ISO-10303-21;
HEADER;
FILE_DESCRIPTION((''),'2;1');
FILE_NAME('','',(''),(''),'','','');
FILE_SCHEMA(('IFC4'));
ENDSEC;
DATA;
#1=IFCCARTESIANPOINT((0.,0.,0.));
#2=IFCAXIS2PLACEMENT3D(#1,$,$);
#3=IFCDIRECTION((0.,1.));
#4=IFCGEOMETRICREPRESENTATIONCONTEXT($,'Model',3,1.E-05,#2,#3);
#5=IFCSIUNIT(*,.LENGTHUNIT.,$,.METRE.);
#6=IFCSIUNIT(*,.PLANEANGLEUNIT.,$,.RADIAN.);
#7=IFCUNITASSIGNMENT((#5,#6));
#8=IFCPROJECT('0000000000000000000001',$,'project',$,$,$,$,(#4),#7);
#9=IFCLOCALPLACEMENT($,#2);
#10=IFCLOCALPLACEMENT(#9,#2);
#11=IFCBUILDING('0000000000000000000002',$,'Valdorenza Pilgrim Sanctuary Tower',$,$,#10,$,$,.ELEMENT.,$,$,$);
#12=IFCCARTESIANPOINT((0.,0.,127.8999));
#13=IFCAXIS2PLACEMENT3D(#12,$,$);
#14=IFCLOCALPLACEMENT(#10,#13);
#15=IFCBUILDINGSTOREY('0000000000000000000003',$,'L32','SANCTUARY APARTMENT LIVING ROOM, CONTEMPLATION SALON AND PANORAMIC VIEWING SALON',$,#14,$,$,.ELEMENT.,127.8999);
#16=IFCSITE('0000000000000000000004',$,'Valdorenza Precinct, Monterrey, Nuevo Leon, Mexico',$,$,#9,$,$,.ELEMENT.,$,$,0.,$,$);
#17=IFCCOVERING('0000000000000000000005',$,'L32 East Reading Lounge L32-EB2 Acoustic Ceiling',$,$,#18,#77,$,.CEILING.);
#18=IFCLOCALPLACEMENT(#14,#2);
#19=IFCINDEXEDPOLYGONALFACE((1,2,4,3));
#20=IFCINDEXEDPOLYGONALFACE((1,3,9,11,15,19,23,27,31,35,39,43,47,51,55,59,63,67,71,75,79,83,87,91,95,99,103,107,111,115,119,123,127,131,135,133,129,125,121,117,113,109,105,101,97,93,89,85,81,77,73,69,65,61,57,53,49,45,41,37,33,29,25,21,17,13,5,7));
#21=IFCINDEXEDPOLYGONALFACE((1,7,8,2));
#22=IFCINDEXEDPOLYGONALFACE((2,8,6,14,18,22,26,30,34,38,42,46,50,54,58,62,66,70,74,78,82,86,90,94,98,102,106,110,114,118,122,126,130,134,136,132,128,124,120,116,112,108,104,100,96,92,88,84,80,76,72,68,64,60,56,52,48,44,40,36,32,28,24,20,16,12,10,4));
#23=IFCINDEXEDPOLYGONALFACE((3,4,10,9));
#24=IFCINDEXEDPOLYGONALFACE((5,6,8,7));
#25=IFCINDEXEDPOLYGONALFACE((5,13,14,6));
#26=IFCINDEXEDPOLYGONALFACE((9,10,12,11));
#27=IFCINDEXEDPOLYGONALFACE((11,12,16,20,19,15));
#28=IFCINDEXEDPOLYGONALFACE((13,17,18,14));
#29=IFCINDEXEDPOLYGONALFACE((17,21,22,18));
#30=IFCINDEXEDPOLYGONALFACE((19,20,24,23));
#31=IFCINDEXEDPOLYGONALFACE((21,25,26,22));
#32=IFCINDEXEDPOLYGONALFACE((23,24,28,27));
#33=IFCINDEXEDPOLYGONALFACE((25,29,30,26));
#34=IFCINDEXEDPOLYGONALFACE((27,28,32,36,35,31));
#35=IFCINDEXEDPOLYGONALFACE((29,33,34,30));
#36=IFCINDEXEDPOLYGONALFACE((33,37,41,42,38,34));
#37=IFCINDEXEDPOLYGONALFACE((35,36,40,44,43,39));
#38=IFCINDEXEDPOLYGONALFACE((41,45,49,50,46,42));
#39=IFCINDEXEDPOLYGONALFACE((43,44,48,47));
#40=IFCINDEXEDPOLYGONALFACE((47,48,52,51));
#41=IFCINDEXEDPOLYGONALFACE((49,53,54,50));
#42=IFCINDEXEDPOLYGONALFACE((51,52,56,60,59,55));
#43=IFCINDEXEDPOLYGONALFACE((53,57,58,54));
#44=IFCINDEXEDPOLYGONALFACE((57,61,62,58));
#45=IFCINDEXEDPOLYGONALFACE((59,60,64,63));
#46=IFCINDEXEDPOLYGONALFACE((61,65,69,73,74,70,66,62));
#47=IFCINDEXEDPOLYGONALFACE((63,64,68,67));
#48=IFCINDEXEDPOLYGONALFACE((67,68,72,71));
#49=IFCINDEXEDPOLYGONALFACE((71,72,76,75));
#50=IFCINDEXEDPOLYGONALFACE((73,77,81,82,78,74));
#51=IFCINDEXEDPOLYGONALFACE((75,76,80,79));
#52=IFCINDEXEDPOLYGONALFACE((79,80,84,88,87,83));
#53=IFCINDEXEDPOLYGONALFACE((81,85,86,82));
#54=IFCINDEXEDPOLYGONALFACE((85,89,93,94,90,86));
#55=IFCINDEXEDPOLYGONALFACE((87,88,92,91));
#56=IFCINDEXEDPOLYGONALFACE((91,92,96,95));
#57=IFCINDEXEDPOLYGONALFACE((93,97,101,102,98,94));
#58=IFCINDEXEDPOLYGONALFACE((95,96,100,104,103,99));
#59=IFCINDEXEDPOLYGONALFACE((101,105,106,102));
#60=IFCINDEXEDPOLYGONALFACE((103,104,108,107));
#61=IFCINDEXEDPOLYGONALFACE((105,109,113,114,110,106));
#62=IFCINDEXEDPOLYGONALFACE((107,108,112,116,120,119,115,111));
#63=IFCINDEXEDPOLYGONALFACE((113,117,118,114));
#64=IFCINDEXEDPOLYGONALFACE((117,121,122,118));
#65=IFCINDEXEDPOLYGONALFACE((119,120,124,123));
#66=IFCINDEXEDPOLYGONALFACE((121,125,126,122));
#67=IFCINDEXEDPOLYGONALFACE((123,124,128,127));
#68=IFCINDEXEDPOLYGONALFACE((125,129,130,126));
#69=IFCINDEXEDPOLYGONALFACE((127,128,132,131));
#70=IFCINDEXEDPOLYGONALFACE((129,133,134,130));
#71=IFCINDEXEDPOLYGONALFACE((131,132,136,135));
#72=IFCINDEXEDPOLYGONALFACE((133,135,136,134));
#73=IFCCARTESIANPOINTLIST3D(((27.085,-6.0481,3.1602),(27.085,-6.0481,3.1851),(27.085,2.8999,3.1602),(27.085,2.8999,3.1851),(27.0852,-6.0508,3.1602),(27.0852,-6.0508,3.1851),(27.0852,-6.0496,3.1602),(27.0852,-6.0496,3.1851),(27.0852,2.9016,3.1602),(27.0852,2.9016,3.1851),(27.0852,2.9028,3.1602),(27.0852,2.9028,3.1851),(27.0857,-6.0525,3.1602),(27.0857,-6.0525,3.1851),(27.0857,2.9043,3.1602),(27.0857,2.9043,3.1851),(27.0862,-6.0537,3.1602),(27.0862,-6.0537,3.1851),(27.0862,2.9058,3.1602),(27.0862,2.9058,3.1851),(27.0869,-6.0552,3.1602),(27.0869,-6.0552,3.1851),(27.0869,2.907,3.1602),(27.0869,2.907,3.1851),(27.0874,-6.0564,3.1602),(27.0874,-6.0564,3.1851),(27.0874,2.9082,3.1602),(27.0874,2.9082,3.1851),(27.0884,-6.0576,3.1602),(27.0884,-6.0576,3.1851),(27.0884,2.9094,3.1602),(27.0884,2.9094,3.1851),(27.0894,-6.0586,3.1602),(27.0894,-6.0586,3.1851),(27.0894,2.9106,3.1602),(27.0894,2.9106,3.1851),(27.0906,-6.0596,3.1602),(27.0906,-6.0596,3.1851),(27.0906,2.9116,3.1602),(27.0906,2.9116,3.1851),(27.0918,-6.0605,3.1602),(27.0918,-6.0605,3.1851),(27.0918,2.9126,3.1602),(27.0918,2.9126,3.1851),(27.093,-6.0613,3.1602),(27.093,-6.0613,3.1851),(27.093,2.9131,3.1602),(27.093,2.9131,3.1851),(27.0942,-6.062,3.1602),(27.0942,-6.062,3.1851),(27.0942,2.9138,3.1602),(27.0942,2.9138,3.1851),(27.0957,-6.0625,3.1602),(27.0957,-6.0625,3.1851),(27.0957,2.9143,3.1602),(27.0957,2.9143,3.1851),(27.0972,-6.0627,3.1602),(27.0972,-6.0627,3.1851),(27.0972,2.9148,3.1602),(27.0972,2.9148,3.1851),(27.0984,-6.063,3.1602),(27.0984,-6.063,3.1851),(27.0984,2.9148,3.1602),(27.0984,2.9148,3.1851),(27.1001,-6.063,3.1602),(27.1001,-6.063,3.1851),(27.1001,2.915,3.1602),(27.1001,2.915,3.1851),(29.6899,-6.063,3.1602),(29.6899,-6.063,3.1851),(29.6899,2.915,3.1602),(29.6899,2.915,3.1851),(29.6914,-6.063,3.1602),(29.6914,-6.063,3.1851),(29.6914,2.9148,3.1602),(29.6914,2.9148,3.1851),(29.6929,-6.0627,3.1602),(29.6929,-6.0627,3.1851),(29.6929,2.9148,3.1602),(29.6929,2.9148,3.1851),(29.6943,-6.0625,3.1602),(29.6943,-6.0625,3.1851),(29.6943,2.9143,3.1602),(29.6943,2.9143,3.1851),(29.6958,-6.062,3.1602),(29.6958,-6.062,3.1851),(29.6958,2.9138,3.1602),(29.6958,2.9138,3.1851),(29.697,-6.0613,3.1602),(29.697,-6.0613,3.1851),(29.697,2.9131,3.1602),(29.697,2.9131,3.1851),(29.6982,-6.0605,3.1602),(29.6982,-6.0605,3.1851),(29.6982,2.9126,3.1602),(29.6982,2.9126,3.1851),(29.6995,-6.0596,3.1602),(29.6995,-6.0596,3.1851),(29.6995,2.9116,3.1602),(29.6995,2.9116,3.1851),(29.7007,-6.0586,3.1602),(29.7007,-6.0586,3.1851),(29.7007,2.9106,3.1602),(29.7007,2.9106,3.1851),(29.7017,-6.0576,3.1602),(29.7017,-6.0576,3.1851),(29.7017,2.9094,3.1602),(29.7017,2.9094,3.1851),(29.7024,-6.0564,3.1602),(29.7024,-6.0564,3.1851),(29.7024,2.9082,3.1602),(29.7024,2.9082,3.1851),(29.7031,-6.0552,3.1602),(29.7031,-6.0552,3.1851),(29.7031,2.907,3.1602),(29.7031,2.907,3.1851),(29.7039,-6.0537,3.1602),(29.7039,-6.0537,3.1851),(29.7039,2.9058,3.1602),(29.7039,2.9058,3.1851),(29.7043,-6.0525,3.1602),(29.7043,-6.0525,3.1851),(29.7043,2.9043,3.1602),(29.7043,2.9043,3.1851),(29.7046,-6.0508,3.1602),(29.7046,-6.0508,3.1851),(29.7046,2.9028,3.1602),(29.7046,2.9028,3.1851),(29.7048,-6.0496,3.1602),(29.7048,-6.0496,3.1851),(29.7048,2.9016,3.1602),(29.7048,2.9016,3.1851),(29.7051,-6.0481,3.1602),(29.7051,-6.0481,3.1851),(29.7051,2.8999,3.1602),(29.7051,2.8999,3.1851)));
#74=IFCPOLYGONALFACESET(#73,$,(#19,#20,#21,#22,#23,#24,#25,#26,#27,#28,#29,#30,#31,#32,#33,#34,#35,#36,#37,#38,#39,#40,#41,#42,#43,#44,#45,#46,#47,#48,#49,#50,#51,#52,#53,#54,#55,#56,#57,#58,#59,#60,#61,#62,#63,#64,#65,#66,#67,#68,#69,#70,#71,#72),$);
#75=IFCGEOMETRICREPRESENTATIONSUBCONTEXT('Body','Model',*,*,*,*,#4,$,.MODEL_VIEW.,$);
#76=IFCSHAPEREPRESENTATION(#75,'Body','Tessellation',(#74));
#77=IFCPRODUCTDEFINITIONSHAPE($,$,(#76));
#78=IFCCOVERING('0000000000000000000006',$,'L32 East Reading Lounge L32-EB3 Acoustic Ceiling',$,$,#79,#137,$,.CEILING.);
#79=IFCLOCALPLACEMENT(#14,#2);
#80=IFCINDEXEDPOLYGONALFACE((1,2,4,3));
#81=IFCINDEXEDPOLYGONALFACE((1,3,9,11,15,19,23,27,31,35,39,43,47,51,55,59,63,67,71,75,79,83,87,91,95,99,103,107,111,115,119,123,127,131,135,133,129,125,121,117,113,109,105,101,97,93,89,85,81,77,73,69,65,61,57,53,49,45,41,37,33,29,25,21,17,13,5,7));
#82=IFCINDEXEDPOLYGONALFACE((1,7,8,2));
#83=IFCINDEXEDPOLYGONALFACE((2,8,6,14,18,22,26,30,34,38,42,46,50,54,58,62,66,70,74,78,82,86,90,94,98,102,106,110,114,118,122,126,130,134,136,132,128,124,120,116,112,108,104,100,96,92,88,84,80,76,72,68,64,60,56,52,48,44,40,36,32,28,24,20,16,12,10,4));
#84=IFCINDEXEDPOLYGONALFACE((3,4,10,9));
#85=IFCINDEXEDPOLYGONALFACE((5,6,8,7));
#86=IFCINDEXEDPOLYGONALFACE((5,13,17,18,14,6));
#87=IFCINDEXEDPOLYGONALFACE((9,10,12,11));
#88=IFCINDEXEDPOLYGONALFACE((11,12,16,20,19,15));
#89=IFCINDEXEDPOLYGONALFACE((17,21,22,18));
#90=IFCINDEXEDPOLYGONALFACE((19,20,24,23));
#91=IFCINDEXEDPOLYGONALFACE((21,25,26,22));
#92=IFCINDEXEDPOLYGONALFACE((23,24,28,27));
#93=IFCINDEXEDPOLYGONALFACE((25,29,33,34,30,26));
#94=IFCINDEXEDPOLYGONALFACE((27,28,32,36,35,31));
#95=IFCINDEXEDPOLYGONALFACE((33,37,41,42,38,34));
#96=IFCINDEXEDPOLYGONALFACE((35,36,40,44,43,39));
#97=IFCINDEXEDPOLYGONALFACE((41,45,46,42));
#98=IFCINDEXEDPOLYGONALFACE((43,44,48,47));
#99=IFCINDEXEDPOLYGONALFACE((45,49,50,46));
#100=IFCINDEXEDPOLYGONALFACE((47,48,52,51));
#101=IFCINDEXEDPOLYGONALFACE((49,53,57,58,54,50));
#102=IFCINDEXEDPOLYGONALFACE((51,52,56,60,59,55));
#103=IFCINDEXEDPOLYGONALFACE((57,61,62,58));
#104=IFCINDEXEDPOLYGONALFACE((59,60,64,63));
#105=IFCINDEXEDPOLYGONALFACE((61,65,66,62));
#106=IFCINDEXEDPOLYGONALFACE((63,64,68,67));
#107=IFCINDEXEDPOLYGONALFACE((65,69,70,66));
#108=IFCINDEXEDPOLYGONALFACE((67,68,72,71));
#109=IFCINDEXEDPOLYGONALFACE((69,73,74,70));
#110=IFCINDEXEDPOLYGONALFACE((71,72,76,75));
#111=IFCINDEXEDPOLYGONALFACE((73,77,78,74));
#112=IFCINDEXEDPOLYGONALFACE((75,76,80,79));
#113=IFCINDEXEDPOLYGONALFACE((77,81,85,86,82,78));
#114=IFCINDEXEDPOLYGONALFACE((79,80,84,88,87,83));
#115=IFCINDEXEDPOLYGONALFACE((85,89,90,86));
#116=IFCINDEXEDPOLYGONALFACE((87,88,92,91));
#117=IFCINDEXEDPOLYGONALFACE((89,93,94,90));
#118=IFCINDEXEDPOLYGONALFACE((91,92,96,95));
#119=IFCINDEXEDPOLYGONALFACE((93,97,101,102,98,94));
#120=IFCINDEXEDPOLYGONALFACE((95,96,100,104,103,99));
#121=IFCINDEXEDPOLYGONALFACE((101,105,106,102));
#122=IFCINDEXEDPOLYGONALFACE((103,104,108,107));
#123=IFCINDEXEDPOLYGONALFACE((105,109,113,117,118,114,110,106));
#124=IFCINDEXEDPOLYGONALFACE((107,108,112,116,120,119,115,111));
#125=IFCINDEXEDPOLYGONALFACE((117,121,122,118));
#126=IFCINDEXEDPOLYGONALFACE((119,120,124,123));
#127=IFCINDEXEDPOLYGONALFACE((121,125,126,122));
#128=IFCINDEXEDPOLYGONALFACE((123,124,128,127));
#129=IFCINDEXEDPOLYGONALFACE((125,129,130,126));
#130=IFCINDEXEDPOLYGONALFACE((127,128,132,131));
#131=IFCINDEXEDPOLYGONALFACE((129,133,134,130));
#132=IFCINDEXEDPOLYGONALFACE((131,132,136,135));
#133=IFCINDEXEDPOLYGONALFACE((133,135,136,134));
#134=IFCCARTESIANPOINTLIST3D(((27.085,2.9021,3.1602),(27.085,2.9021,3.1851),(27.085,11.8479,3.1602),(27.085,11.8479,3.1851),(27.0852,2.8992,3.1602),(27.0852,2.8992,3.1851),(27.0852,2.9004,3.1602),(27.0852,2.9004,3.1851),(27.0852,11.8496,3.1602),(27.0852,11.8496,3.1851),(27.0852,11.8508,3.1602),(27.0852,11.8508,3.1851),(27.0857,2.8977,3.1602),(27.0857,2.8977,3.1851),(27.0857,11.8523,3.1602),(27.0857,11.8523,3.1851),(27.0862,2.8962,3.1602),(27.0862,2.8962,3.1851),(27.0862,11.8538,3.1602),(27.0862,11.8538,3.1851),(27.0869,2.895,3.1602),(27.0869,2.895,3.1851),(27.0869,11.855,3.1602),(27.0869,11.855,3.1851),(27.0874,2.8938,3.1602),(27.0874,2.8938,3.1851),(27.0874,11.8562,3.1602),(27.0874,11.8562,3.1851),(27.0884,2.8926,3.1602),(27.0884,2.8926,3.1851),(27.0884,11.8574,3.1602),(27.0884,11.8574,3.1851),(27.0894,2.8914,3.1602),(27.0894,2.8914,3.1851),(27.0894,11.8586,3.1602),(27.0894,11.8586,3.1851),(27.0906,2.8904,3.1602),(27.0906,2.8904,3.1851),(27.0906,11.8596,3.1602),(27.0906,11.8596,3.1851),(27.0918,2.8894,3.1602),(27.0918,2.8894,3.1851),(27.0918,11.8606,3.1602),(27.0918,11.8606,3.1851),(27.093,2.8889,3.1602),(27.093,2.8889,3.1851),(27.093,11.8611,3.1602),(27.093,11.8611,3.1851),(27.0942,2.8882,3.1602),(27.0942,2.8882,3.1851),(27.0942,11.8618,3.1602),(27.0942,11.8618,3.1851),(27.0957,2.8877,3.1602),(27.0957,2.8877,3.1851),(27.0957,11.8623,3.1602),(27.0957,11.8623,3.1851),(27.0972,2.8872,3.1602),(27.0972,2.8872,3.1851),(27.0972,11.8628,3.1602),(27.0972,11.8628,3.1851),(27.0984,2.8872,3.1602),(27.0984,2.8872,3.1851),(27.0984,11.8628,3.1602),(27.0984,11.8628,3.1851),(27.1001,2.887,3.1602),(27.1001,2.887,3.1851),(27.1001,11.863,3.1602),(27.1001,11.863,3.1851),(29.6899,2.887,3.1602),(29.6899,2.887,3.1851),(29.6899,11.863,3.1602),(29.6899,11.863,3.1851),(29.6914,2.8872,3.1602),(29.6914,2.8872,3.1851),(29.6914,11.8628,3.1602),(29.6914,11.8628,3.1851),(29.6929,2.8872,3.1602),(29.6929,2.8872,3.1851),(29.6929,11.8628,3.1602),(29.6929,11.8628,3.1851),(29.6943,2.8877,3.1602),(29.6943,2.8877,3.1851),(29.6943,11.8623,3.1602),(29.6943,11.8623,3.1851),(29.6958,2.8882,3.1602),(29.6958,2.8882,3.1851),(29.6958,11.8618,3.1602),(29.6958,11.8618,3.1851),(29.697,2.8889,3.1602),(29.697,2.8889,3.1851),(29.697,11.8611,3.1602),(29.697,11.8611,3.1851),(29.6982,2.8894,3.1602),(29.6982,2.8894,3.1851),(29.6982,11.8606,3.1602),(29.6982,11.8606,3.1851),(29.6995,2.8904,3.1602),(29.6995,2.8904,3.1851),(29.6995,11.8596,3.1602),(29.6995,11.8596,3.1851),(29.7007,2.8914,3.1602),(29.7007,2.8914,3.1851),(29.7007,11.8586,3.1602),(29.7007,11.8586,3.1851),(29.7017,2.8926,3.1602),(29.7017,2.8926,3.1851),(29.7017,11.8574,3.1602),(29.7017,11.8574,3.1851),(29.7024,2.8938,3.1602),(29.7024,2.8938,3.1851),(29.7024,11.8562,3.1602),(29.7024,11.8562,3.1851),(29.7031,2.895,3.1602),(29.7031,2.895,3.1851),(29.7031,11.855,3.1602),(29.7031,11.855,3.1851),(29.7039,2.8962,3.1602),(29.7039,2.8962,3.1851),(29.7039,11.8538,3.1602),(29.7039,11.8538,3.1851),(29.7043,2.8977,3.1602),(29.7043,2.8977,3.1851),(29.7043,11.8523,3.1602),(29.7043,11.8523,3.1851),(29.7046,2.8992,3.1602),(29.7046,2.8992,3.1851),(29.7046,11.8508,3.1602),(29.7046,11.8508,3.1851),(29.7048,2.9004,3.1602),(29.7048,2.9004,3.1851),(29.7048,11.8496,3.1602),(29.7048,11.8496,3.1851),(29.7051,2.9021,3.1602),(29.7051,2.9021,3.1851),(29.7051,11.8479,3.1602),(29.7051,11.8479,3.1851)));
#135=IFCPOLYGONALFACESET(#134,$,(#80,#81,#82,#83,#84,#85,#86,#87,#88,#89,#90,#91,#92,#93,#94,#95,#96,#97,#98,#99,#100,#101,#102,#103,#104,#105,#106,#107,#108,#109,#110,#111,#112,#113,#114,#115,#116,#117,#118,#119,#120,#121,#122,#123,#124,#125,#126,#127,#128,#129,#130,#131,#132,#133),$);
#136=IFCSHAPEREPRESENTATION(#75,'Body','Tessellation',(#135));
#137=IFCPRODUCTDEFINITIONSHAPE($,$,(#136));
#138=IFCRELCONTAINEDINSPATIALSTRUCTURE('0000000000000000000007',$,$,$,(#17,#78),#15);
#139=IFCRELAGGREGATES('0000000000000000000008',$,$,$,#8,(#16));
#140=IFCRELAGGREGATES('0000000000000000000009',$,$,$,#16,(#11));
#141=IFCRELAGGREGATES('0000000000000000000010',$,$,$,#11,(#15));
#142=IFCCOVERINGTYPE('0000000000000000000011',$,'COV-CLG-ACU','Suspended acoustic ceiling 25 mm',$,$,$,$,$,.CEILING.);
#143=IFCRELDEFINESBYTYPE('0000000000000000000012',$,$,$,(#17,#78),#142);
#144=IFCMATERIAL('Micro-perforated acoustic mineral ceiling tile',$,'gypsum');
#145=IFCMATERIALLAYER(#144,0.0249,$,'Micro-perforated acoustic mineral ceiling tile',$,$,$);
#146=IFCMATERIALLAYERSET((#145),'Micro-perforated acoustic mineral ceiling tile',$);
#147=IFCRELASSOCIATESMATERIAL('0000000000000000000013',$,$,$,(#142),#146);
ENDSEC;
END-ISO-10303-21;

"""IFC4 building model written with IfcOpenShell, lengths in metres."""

from ifc_helpers import new_model, si_unit, direction, frame, origin, place, context, subcontext, project, spatial, polyline, outline, extrude, material, layer, layer_set, type_object, element, save


model = new_model("IFC4")

# Units and contexts
model_context = context("Model", 3, precision=1e-05, world=origin(), true_north=direction((0.0, 1.0)))
body_context = subcontext(model_context, "Body", "Model", "MODEL_VIEW")
ifc_project = project(units=[si_unit("LENGTHUNIT", "METRE"), si_unit("PLANEANGLEUNIT", "RADIAN")], contexts=[model_context])

# Site, building, storey
site_placement = place(None, origin())
site = spatial("IfcSite", under=ifc_project, at=site_placement, Name="Valdorenza Precinct, Monterrey, Nuevo Leon, Mexico", CompositionType="ELEMENT", RefElevation=0.0)
building_placement = place(site_placement, origin())
building = spatial("IfcBuilding", under=site, at=building_placement, Name="Valdorenza Pilgrim Sanctuary Tower", CompositionType="ELEMENT")
storey_placement = place(building_placement, frame((0.0, 0.0, 127.8999)))
storey = spatial("IfcBuildingStorey", under=building, at=storey_placement, Name="L32", Description="SANCTUARY APARTMENT LIVING ROOM, CONTEMPLATION SALON AND PANORAMIC VIEWING SALON", CompositionType="ELEMENT", Elevation=127.8999)

# Coverings
ifc_material_1 = material(Name="Micro-perforated acoustic mineral ceiling tile", Category="gypsum")
ifc_layer_1 = layer(ifc_material_1, 0.0249, Name="Micro-perforated acoustic mineral ceiling tile")
ifc_layer_set_1 = layer_set([ifc_layer_1], Name="Micro-perforated acoustic mineral ceiling tile")
covering_type_1 = type_object("IfcCoveringType", Name="COV-CLG-ACU", Description="Suspended acoustic ceiling 25 mm", PredefinedType="CEILING", material=ifc_layer_set_1)
covering_1_placement = place(storey_placement, frame((0.0, 0.0, 3.1602)))
element("IfcCovering", 1, at=covering_1_placement, inside=storey, type_object=covering_type_1, Name="L32 East Reading Lounge L32-EB2 Acoustic Ceiling", PredefinedType="CEILING", context=body_context, shape_type="SweptSolid", body=[
    extrude(outline(polyline([(27.085, 2.8999), (27.0852, 2.9016), (27.0852, 2.9028), (27.0857, 2.9043), (27.0862, 2.9058), (27.0869, 2.907), (27.0874, 2.9082), (27.0884, 2.9094), (27.0894, 2.9106), (27.0906, 2.9116), (27.0918, 2.9126), (27.093, 2.9131), (27.0942, 2.9138), (27.0957, 2.9143), (27.0972, 2.9148), (27.0984, 2.9148), (27.1001, 2.915), (29.6899, 2.915), (29.6914, 2.9148), (29.6929, 2.9148), (29.6943, 2.9143), (29.6958, 2.9138), (29.697, 2.9131), (29.6982, 2.9126), (29.6995, 2.9116), (29.7007, 2.9106), (29.7017, 2.9094), (29.7024, 2.9082), (29.7031, 2.907), (29.7039, 2.9058), (29.7043, 2.9043), (29.7046, 2.9028), (29.7048, 2.9016), (29.7051, 2.8999), (29.7051, -6.0481), (29.7048, -6.0496), (29.7046, -6.0508), (29.7043, -6.0525), (29.7039, -6.0537), (29.7031, -6.0552), (29.7024, -6.0564), (29.7017, -6.0576), (29.7007, -6.0586), (29.6995, -6.0596), (29.6982, -6.0605), (29.697, -6.0613), (29.6958, -6.062), (29.6943, -6.0625), (29.6929, -6.0627), (29.6914, -6.063), (29.6899, -6.063), (27.1001, -6.063), (27.0984, -6.063), (27.0972, -6.0627), (27.0957, -6.0625), (27.0942, -6.062), (27.093, -6.0613), (27.0918, -6.0605), (27.0906, -6.0596), (27.0894, -6.0586), (27.0884, -6.0576), (27.0874, -6.0564), (27.0869, -6.0552), (27.0862, -6.0537), (27.0857, -6.0525), (27.0852, -6.0508), (27.0852, -6.0496), (27.085, -6.0481), (27.085, 2.8999)])), origin(), (0.0, 0.0, 1.0), 0.0249),
])
covering_2_placement = place(storey_placement, frame((0.0, 0.0, 3.1602)))
element("IfcCovering", 2, at=covering_2_placement, inside=storey, type_object=covering_type_1, Name="L32 East Reading Lounge L32-EB3 Acoustic Ceiling", PredefinedType="CEILING", context=body_context, shape_type="SweptSolid", body=[
    extrude(outline(polyline([(27.085, 11.8479), (27.0852, 11.8496), (27.0852, 11.8508), (27.0857, 11.8523), (27.0862, 11.8538), (27.0869, 11.855), (27.0874, 11.8562), (27.0884, 11.8574), (27.0894, 11.8586), (27.0906, 11.8596), (27.0918, 11.8606), (27.093, 11.8611), (27.0942, 11.8618), (27.0957, 11.8623), (27.0972, 11.8628), (27.0984, 11.8628), (27.1001, 11.863), (29.6899, 11.863), (29.6914, 11.8628), (29.6929, 11.8628), (29.6943, 11.8623), (29.6958, 11.8618), (29.697, 11.8611), (29.6982, 11.8606), (29.6995, 11.8596), (29.7007, 11.8586), (29.7017, 11.8574), (29.7024, 11.8562), (29.7031, 11.855), (29.7039, 11.8538), (29.7043, 11.8523), (29.7046, 11.8508), (29.7048, 11.8496), (29.7051, 11.8479), (29.7051, 2.9021), (29.7048, 2.9004), (29.7046, 2.8992), (29.7043, 2.8977), (29.7039, 2.8962), (29.7031, 2.895), (29.7024, 2.8938), (29.7017, 2.8926), (29.7007, 2.8914), (29.6995, 2.8904), (29.6982, 2.8894), (29.697, 2.8889), (29.6958, 2.8882), (29.6943, 2.8877), (29.6929, 2.8872), (29.6914, 2.8872), (29.6899, 2.887), (27.1001, 2.887), (27.0984, 2.8872), (27.0972, 2.8872), (27.0957, 2.8877), (27.0942, 2.8882), (27.093, 2.8889), (27.0918, 2.8894), (27.0906, 2.8904), (27.0894, 2.8914), (27.0884, 2.8926), (27.0874, 2.8938), (27.0869, 2.895), (27.0862, 2.8962), (27.0857, 2.8977), (27.0852, 2.8992), (27.0852, 2.9004), (27.085, 2.9021), (27.085, 11.8479)])), origin(), (0.0, 0.0, 1.0), 0.0249),
])

save(model, "model.ifc")
